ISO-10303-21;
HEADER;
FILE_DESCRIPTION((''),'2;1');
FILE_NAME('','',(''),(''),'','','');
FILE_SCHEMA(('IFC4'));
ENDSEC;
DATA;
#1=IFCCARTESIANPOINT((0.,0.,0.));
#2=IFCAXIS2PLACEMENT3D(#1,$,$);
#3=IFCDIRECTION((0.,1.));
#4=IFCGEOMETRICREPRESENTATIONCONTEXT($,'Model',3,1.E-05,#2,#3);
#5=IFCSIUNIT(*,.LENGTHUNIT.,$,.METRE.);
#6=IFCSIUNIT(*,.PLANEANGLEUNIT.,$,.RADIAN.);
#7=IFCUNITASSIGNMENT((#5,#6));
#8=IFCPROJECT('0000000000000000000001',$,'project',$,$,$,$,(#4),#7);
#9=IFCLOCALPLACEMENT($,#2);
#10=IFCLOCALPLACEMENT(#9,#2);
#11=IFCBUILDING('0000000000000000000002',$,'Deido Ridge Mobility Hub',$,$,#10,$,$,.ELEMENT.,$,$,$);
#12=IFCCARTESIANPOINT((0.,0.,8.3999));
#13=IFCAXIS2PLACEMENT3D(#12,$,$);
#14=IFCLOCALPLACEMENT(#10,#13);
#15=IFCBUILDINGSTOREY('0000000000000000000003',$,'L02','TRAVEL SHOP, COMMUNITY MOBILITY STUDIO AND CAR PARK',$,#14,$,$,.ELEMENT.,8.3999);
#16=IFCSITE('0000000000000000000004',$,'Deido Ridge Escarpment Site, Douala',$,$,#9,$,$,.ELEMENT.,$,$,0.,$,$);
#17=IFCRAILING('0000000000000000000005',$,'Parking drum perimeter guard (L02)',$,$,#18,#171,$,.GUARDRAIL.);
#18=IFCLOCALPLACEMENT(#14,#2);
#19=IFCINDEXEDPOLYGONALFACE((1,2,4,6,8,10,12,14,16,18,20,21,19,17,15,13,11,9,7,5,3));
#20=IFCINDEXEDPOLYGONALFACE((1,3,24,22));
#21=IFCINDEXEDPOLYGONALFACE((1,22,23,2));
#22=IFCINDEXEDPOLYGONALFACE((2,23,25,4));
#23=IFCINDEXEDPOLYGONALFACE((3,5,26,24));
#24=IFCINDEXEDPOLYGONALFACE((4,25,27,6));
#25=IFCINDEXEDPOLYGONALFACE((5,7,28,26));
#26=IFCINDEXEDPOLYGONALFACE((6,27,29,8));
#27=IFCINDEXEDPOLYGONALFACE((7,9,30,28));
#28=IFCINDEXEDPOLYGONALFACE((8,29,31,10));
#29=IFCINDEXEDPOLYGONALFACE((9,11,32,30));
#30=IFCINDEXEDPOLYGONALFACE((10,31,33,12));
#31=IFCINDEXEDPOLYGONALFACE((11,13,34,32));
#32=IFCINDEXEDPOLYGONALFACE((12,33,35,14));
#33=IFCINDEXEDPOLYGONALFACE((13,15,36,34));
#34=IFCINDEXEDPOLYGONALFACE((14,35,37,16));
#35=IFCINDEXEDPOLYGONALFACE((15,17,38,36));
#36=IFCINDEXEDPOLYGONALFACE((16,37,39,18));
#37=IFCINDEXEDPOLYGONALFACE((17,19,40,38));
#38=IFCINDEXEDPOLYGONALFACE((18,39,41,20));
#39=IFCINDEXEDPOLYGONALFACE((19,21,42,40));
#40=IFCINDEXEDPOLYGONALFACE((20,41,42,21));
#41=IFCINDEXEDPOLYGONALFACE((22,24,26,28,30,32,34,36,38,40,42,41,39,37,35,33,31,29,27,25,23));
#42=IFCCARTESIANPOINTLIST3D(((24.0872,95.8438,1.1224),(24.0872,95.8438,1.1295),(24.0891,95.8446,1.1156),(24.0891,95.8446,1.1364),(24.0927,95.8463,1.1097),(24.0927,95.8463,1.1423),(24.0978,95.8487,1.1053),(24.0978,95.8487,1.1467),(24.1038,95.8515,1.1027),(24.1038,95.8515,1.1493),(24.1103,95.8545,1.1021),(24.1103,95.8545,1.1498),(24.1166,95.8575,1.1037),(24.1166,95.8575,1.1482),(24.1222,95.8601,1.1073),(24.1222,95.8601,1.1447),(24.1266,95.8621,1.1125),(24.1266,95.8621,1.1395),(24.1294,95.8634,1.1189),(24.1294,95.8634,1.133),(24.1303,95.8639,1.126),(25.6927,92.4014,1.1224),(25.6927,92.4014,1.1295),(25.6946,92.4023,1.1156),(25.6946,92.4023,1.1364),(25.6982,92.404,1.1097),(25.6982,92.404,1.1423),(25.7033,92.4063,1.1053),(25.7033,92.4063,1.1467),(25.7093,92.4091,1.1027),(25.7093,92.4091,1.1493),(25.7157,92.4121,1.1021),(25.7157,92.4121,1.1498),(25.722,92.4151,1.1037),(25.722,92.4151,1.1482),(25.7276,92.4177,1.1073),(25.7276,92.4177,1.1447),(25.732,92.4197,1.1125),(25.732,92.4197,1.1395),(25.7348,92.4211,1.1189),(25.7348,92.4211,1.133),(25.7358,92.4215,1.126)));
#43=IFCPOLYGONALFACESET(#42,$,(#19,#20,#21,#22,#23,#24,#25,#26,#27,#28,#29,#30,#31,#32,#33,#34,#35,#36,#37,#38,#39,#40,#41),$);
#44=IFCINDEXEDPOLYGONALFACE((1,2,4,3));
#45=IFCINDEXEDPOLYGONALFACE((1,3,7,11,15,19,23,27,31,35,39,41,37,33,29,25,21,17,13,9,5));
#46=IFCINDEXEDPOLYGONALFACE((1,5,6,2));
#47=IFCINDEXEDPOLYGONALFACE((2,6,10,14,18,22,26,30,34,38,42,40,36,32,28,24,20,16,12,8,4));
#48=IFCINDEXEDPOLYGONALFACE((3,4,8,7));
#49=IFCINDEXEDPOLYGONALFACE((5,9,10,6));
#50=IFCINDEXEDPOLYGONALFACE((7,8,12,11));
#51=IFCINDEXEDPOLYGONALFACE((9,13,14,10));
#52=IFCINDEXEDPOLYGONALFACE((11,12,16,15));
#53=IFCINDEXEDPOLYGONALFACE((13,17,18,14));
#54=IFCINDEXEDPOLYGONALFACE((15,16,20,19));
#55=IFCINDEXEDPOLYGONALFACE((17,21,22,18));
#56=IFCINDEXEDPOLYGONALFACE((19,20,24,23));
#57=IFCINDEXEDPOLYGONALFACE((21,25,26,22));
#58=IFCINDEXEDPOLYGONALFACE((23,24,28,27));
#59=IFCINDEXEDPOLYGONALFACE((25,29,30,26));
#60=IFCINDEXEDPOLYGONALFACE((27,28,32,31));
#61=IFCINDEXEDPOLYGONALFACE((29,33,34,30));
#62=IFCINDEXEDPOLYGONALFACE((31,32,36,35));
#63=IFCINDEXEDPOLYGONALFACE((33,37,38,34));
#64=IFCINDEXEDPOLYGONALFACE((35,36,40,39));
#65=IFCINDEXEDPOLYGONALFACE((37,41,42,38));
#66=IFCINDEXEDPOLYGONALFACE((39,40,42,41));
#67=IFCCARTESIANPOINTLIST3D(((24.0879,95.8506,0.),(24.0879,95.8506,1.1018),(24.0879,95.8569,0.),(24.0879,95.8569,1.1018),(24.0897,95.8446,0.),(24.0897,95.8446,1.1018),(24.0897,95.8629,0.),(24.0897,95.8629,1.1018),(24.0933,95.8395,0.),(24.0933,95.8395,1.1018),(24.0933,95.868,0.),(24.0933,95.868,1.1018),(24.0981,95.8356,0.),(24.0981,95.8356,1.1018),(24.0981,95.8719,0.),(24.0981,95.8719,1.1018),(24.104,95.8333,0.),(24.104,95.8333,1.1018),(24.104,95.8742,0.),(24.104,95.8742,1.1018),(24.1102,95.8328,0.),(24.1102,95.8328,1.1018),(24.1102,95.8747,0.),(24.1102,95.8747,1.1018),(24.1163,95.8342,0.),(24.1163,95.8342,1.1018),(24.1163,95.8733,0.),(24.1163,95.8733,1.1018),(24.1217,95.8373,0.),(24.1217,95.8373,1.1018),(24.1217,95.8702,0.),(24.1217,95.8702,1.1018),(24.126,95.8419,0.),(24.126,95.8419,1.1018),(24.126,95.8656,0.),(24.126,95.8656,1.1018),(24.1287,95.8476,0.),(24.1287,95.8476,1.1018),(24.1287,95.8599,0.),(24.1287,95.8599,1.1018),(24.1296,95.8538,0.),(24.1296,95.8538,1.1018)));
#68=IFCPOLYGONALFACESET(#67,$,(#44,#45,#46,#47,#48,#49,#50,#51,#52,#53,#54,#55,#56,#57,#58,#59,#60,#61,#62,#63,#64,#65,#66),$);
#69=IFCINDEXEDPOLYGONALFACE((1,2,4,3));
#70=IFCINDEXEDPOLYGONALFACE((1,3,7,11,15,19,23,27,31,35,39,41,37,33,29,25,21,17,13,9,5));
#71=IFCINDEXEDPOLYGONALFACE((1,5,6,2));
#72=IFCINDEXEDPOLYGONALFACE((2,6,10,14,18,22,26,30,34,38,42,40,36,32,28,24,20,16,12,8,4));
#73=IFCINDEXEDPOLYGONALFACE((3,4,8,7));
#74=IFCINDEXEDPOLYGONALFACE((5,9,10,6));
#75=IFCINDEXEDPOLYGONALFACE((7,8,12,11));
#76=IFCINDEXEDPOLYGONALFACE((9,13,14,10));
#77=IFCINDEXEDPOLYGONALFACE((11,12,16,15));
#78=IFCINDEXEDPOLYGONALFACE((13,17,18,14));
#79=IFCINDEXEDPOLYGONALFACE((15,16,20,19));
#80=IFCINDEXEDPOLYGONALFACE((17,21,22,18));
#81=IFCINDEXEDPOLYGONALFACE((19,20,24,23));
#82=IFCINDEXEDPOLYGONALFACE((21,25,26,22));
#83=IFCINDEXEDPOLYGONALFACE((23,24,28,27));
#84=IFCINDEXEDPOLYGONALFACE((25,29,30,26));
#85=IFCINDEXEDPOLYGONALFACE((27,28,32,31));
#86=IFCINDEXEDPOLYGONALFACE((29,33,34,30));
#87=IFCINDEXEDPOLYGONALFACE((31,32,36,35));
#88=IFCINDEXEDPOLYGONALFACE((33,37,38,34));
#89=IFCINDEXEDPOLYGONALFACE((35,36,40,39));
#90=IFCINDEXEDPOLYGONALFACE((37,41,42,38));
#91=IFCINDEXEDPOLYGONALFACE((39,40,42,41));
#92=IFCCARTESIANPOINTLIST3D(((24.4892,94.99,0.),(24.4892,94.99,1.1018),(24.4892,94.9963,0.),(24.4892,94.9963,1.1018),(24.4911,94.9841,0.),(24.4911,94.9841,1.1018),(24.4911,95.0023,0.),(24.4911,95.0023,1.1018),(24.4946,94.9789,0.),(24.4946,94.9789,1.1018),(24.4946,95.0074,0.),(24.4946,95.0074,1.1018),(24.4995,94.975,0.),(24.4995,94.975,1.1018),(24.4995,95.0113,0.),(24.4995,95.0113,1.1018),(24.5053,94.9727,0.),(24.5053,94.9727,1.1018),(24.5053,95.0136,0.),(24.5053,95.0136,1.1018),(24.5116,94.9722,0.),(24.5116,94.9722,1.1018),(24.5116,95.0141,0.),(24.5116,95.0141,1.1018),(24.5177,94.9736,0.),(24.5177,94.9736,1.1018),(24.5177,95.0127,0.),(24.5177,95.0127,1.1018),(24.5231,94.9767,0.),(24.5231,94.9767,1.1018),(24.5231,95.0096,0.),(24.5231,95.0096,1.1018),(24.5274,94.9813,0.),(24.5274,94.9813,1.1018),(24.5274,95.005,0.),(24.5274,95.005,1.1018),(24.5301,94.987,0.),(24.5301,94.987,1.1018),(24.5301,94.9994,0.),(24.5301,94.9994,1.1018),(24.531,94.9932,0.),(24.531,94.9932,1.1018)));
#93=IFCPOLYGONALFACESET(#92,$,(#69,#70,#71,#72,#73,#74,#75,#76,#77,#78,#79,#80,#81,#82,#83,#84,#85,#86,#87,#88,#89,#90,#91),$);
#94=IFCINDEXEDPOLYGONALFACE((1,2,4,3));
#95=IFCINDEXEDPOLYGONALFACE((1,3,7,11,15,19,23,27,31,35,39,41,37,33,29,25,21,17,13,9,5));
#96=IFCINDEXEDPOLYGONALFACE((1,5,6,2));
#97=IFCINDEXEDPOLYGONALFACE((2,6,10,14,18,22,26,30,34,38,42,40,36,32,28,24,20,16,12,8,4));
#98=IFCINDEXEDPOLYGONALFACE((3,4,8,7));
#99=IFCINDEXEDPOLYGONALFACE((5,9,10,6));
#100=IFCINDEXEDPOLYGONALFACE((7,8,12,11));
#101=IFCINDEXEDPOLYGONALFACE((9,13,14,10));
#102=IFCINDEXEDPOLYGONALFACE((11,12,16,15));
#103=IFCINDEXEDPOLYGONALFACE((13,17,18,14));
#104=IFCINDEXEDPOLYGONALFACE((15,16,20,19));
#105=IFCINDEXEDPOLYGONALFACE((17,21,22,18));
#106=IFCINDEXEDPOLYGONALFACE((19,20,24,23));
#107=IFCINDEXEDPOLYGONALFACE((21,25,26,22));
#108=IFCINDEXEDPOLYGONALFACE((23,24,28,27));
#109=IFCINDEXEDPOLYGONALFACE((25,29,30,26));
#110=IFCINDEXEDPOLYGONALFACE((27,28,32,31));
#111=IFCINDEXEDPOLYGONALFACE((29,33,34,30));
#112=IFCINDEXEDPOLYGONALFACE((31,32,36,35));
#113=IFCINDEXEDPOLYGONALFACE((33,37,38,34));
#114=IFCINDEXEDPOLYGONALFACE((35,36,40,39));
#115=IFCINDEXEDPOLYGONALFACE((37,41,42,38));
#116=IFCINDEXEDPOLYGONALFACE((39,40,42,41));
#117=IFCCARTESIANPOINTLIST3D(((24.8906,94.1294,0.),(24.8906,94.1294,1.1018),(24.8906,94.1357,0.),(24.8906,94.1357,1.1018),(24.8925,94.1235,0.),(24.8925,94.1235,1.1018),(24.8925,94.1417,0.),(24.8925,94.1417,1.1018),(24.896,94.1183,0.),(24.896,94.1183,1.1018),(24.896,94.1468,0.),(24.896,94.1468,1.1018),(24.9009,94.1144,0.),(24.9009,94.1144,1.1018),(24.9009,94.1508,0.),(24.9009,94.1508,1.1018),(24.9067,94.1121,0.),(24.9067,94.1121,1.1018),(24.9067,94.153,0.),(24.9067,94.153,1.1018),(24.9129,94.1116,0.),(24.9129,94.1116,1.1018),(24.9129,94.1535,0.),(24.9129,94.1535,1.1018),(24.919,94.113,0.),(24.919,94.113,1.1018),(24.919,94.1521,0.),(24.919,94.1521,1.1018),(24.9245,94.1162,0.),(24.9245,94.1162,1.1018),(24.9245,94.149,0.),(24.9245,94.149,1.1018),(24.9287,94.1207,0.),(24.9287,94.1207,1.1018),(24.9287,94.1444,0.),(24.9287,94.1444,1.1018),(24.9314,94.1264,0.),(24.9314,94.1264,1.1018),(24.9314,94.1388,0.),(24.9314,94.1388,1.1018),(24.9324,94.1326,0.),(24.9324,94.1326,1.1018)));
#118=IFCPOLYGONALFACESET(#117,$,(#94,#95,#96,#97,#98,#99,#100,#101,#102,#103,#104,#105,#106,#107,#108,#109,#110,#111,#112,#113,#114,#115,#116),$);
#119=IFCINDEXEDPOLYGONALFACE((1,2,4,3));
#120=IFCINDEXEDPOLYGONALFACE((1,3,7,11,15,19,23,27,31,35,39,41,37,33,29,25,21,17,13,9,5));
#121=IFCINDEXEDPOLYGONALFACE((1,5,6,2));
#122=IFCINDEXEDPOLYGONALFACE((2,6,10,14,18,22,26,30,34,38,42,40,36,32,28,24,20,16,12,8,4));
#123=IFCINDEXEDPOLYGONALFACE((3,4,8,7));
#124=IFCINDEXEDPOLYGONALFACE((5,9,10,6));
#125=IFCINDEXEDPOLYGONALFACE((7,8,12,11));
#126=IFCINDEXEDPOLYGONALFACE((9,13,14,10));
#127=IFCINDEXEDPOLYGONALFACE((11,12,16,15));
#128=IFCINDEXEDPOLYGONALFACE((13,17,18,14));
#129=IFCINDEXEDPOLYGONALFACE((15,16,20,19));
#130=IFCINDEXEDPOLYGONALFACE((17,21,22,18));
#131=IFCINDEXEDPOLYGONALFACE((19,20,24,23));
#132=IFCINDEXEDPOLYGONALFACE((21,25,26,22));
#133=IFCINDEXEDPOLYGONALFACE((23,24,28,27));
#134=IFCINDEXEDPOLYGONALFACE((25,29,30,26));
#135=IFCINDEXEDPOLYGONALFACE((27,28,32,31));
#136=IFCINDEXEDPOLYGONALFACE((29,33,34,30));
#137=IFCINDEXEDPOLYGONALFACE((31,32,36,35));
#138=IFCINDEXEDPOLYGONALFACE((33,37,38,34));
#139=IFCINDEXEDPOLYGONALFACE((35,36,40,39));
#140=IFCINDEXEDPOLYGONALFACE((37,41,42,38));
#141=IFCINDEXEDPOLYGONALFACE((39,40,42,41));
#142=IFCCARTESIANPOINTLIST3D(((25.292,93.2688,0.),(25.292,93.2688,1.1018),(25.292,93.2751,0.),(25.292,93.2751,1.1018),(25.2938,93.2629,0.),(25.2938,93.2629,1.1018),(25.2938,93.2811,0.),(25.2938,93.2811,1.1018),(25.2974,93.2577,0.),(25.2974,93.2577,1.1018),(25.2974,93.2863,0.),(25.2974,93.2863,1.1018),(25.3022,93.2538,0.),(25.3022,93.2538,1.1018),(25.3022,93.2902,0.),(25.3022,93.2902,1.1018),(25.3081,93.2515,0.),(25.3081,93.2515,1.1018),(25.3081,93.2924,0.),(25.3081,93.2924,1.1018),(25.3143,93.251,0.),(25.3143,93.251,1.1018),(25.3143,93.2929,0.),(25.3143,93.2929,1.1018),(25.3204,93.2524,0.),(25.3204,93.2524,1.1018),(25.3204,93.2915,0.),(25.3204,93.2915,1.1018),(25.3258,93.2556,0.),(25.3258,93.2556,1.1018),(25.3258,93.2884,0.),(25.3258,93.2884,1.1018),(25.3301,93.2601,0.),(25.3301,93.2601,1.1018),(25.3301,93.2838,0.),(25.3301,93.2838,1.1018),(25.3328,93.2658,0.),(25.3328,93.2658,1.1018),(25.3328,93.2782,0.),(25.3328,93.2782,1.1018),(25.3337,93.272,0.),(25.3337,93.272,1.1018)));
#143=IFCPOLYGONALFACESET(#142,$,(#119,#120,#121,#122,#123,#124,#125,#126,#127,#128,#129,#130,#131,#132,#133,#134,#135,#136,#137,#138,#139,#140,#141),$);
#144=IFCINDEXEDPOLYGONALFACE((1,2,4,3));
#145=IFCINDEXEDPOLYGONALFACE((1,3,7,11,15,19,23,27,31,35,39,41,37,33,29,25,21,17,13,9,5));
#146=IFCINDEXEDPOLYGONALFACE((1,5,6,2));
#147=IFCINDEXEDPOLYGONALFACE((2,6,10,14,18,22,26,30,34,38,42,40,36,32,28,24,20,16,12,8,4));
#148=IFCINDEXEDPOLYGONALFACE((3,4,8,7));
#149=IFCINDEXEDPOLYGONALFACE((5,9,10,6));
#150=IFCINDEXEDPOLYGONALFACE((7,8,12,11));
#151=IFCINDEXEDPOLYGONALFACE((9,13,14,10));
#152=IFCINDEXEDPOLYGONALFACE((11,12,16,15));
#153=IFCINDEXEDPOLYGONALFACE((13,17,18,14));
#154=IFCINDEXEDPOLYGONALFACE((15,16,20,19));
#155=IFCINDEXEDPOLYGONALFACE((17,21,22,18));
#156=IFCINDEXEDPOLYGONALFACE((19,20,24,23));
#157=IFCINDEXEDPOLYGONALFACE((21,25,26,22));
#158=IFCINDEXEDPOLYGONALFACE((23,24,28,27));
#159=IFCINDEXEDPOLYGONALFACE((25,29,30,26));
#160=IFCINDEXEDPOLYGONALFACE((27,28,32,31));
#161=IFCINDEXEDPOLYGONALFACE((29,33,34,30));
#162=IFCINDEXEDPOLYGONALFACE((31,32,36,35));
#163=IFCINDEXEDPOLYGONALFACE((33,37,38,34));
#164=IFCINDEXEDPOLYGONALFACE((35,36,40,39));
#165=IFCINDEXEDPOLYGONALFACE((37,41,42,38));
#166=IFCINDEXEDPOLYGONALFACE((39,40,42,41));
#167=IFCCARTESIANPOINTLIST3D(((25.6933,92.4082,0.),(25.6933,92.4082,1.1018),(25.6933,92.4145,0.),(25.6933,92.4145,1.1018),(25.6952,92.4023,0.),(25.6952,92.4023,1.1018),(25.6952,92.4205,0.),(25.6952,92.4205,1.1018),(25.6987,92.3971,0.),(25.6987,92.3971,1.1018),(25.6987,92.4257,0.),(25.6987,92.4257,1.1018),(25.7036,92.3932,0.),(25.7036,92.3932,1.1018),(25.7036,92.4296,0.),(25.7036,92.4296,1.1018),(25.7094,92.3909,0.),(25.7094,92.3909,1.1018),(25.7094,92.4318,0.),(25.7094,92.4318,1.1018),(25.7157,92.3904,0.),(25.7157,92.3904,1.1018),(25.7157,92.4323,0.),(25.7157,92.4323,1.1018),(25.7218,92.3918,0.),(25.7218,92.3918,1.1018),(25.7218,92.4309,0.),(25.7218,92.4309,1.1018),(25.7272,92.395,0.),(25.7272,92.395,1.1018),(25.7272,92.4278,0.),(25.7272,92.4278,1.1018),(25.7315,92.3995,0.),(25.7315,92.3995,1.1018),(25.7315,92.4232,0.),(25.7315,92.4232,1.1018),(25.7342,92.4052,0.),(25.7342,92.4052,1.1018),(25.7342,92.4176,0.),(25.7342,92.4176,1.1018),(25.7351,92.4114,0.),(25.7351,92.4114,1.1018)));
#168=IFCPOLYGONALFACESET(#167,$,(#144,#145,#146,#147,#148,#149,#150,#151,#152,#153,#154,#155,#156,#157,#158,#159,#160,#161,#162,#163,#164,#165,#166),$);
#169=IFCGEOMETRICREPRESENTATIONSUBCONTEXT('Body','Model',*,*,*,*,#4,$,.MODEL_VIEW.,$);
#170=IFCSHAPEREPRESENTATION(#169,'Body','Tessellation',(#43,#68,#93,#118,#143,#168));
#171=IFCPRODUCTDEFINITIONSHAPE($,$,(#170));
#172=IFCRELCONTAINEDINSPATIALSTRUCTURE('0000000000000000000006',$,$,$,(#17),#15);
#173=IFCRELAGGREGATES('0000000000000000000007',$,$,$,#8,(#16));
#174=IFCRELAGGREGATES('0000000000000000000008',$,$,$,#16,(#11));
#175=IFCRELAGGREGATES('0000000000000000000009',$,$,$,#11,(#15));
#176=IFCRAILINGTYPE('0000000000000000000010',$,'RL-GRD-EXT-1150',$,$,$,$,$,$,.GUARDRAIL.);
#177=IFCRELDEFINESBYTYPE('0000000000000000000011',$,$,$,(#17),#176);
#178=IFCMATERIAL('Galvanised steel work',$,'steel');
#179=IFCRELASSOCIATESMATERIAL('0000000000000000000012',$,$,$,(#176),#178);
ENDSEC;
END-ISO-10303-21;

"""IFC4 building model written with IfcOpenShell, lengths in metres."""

from ifc_helpers import new_model, si_unit, direction, frame, origin, origin_2d, place, context, subcontext, project, spatial, circle, extrude, material, type_object, element, save


model = new_model("IFC4")

# Units and contexts
model_context = context("Model", 3, precision=1e-05, world=origin(), true_north=direction((0.0, 1.0)))
body_context = subcontext(model_context, "Body", "Model", "MODEL_VIEW")
ifc_project = project(units=[si_unit("LENGTHUNIT", "METRE"), si_unit("PLANEANGLEUNIT", "RADIAN")], contexts=[model_context])

# Site, building, storey
site_placement = place(None, origin())
site = spatial("IfcSite", under=ifc_project, at=site_placement, Name="Deido Ridge Escarpment Site, Douala", CompositionType="ELEMENT", RefElevation=0.0)
building_placement = place(site_placement, origin())
building = spatial("IfcBuilding", under=site, at=building_placement, Name="Deido Ridge Mobility Hub", CompositionType="ELEMENT")
storey_placement = place(building_placement, frame((0.0, 0.0, 8.3999)))
storey = spatial("IfcBuildingStorey", under=building, at=storey_placement, Name="L02", Description="TRAVEL SHOP, COMMUNITY MOBILITY STUDIO AND CAR PARK", CompositionType="ELEMENT", Elevation=8.3999)

# Railing
ifc_material_1 = material(Name="Galvanised steel work", Category="steel")
railing_type = type_object("IfcRailingType", Name="RL-GRD-EXT-1150", PredefinedType="GUARDRAIL", material=ifc_material_1)
railing_1_placement = place(storey_placement, frame((24.1086, 95.8538, 0.0)))
element("IfcRailing", 1, at=railing_1_placement, inside=storey, type_object=railing_type, Name="Parking drum perimeter guard (L02)", PredefinedType="GUARDRAIL", context=body_context, shape_type="SweptSolid", body=[
    extrude(circle(Radius=0.0239, at=origin_2d()), frame((0.0, 0.0, 1.126), z_axis=(0.422674, -0.906282, 0.0), x_axis=(0.906282, 0.422674, 0.0)), (0.0, 0.0, 1.0), 3.7983),
    extrude(circle(Radius=0.021, at=origin_2d()), origin(), (0.0, 0.0, 1.0), 1.1018),
    extrude(circle(Radius=0.021, at=origin_2d()), frame((0.4014, -0.8606, 0.0)), (0.0, 0.0, 1.0), 1.1018),
    extrude(circle(Radius=0.021, at=origin_2d()), frame((0.8027, -1.7212, 0.0)), (0.0, 0.0, 1.0), 1.1018),
    extrude(circle(Radius=0.021, at=origin_2d()), frame((1.2041, -2.5818, 0.0)), (0.0, 0.0, 1.0), 1.1018),
    extrude(circle(Radius=0.021, at=origin_2d()), frame((1.6055, -3.4424, 0.0)), (0.0, 0.0, 1.0), 1.1018),
])

save(model, "model.ifc")
